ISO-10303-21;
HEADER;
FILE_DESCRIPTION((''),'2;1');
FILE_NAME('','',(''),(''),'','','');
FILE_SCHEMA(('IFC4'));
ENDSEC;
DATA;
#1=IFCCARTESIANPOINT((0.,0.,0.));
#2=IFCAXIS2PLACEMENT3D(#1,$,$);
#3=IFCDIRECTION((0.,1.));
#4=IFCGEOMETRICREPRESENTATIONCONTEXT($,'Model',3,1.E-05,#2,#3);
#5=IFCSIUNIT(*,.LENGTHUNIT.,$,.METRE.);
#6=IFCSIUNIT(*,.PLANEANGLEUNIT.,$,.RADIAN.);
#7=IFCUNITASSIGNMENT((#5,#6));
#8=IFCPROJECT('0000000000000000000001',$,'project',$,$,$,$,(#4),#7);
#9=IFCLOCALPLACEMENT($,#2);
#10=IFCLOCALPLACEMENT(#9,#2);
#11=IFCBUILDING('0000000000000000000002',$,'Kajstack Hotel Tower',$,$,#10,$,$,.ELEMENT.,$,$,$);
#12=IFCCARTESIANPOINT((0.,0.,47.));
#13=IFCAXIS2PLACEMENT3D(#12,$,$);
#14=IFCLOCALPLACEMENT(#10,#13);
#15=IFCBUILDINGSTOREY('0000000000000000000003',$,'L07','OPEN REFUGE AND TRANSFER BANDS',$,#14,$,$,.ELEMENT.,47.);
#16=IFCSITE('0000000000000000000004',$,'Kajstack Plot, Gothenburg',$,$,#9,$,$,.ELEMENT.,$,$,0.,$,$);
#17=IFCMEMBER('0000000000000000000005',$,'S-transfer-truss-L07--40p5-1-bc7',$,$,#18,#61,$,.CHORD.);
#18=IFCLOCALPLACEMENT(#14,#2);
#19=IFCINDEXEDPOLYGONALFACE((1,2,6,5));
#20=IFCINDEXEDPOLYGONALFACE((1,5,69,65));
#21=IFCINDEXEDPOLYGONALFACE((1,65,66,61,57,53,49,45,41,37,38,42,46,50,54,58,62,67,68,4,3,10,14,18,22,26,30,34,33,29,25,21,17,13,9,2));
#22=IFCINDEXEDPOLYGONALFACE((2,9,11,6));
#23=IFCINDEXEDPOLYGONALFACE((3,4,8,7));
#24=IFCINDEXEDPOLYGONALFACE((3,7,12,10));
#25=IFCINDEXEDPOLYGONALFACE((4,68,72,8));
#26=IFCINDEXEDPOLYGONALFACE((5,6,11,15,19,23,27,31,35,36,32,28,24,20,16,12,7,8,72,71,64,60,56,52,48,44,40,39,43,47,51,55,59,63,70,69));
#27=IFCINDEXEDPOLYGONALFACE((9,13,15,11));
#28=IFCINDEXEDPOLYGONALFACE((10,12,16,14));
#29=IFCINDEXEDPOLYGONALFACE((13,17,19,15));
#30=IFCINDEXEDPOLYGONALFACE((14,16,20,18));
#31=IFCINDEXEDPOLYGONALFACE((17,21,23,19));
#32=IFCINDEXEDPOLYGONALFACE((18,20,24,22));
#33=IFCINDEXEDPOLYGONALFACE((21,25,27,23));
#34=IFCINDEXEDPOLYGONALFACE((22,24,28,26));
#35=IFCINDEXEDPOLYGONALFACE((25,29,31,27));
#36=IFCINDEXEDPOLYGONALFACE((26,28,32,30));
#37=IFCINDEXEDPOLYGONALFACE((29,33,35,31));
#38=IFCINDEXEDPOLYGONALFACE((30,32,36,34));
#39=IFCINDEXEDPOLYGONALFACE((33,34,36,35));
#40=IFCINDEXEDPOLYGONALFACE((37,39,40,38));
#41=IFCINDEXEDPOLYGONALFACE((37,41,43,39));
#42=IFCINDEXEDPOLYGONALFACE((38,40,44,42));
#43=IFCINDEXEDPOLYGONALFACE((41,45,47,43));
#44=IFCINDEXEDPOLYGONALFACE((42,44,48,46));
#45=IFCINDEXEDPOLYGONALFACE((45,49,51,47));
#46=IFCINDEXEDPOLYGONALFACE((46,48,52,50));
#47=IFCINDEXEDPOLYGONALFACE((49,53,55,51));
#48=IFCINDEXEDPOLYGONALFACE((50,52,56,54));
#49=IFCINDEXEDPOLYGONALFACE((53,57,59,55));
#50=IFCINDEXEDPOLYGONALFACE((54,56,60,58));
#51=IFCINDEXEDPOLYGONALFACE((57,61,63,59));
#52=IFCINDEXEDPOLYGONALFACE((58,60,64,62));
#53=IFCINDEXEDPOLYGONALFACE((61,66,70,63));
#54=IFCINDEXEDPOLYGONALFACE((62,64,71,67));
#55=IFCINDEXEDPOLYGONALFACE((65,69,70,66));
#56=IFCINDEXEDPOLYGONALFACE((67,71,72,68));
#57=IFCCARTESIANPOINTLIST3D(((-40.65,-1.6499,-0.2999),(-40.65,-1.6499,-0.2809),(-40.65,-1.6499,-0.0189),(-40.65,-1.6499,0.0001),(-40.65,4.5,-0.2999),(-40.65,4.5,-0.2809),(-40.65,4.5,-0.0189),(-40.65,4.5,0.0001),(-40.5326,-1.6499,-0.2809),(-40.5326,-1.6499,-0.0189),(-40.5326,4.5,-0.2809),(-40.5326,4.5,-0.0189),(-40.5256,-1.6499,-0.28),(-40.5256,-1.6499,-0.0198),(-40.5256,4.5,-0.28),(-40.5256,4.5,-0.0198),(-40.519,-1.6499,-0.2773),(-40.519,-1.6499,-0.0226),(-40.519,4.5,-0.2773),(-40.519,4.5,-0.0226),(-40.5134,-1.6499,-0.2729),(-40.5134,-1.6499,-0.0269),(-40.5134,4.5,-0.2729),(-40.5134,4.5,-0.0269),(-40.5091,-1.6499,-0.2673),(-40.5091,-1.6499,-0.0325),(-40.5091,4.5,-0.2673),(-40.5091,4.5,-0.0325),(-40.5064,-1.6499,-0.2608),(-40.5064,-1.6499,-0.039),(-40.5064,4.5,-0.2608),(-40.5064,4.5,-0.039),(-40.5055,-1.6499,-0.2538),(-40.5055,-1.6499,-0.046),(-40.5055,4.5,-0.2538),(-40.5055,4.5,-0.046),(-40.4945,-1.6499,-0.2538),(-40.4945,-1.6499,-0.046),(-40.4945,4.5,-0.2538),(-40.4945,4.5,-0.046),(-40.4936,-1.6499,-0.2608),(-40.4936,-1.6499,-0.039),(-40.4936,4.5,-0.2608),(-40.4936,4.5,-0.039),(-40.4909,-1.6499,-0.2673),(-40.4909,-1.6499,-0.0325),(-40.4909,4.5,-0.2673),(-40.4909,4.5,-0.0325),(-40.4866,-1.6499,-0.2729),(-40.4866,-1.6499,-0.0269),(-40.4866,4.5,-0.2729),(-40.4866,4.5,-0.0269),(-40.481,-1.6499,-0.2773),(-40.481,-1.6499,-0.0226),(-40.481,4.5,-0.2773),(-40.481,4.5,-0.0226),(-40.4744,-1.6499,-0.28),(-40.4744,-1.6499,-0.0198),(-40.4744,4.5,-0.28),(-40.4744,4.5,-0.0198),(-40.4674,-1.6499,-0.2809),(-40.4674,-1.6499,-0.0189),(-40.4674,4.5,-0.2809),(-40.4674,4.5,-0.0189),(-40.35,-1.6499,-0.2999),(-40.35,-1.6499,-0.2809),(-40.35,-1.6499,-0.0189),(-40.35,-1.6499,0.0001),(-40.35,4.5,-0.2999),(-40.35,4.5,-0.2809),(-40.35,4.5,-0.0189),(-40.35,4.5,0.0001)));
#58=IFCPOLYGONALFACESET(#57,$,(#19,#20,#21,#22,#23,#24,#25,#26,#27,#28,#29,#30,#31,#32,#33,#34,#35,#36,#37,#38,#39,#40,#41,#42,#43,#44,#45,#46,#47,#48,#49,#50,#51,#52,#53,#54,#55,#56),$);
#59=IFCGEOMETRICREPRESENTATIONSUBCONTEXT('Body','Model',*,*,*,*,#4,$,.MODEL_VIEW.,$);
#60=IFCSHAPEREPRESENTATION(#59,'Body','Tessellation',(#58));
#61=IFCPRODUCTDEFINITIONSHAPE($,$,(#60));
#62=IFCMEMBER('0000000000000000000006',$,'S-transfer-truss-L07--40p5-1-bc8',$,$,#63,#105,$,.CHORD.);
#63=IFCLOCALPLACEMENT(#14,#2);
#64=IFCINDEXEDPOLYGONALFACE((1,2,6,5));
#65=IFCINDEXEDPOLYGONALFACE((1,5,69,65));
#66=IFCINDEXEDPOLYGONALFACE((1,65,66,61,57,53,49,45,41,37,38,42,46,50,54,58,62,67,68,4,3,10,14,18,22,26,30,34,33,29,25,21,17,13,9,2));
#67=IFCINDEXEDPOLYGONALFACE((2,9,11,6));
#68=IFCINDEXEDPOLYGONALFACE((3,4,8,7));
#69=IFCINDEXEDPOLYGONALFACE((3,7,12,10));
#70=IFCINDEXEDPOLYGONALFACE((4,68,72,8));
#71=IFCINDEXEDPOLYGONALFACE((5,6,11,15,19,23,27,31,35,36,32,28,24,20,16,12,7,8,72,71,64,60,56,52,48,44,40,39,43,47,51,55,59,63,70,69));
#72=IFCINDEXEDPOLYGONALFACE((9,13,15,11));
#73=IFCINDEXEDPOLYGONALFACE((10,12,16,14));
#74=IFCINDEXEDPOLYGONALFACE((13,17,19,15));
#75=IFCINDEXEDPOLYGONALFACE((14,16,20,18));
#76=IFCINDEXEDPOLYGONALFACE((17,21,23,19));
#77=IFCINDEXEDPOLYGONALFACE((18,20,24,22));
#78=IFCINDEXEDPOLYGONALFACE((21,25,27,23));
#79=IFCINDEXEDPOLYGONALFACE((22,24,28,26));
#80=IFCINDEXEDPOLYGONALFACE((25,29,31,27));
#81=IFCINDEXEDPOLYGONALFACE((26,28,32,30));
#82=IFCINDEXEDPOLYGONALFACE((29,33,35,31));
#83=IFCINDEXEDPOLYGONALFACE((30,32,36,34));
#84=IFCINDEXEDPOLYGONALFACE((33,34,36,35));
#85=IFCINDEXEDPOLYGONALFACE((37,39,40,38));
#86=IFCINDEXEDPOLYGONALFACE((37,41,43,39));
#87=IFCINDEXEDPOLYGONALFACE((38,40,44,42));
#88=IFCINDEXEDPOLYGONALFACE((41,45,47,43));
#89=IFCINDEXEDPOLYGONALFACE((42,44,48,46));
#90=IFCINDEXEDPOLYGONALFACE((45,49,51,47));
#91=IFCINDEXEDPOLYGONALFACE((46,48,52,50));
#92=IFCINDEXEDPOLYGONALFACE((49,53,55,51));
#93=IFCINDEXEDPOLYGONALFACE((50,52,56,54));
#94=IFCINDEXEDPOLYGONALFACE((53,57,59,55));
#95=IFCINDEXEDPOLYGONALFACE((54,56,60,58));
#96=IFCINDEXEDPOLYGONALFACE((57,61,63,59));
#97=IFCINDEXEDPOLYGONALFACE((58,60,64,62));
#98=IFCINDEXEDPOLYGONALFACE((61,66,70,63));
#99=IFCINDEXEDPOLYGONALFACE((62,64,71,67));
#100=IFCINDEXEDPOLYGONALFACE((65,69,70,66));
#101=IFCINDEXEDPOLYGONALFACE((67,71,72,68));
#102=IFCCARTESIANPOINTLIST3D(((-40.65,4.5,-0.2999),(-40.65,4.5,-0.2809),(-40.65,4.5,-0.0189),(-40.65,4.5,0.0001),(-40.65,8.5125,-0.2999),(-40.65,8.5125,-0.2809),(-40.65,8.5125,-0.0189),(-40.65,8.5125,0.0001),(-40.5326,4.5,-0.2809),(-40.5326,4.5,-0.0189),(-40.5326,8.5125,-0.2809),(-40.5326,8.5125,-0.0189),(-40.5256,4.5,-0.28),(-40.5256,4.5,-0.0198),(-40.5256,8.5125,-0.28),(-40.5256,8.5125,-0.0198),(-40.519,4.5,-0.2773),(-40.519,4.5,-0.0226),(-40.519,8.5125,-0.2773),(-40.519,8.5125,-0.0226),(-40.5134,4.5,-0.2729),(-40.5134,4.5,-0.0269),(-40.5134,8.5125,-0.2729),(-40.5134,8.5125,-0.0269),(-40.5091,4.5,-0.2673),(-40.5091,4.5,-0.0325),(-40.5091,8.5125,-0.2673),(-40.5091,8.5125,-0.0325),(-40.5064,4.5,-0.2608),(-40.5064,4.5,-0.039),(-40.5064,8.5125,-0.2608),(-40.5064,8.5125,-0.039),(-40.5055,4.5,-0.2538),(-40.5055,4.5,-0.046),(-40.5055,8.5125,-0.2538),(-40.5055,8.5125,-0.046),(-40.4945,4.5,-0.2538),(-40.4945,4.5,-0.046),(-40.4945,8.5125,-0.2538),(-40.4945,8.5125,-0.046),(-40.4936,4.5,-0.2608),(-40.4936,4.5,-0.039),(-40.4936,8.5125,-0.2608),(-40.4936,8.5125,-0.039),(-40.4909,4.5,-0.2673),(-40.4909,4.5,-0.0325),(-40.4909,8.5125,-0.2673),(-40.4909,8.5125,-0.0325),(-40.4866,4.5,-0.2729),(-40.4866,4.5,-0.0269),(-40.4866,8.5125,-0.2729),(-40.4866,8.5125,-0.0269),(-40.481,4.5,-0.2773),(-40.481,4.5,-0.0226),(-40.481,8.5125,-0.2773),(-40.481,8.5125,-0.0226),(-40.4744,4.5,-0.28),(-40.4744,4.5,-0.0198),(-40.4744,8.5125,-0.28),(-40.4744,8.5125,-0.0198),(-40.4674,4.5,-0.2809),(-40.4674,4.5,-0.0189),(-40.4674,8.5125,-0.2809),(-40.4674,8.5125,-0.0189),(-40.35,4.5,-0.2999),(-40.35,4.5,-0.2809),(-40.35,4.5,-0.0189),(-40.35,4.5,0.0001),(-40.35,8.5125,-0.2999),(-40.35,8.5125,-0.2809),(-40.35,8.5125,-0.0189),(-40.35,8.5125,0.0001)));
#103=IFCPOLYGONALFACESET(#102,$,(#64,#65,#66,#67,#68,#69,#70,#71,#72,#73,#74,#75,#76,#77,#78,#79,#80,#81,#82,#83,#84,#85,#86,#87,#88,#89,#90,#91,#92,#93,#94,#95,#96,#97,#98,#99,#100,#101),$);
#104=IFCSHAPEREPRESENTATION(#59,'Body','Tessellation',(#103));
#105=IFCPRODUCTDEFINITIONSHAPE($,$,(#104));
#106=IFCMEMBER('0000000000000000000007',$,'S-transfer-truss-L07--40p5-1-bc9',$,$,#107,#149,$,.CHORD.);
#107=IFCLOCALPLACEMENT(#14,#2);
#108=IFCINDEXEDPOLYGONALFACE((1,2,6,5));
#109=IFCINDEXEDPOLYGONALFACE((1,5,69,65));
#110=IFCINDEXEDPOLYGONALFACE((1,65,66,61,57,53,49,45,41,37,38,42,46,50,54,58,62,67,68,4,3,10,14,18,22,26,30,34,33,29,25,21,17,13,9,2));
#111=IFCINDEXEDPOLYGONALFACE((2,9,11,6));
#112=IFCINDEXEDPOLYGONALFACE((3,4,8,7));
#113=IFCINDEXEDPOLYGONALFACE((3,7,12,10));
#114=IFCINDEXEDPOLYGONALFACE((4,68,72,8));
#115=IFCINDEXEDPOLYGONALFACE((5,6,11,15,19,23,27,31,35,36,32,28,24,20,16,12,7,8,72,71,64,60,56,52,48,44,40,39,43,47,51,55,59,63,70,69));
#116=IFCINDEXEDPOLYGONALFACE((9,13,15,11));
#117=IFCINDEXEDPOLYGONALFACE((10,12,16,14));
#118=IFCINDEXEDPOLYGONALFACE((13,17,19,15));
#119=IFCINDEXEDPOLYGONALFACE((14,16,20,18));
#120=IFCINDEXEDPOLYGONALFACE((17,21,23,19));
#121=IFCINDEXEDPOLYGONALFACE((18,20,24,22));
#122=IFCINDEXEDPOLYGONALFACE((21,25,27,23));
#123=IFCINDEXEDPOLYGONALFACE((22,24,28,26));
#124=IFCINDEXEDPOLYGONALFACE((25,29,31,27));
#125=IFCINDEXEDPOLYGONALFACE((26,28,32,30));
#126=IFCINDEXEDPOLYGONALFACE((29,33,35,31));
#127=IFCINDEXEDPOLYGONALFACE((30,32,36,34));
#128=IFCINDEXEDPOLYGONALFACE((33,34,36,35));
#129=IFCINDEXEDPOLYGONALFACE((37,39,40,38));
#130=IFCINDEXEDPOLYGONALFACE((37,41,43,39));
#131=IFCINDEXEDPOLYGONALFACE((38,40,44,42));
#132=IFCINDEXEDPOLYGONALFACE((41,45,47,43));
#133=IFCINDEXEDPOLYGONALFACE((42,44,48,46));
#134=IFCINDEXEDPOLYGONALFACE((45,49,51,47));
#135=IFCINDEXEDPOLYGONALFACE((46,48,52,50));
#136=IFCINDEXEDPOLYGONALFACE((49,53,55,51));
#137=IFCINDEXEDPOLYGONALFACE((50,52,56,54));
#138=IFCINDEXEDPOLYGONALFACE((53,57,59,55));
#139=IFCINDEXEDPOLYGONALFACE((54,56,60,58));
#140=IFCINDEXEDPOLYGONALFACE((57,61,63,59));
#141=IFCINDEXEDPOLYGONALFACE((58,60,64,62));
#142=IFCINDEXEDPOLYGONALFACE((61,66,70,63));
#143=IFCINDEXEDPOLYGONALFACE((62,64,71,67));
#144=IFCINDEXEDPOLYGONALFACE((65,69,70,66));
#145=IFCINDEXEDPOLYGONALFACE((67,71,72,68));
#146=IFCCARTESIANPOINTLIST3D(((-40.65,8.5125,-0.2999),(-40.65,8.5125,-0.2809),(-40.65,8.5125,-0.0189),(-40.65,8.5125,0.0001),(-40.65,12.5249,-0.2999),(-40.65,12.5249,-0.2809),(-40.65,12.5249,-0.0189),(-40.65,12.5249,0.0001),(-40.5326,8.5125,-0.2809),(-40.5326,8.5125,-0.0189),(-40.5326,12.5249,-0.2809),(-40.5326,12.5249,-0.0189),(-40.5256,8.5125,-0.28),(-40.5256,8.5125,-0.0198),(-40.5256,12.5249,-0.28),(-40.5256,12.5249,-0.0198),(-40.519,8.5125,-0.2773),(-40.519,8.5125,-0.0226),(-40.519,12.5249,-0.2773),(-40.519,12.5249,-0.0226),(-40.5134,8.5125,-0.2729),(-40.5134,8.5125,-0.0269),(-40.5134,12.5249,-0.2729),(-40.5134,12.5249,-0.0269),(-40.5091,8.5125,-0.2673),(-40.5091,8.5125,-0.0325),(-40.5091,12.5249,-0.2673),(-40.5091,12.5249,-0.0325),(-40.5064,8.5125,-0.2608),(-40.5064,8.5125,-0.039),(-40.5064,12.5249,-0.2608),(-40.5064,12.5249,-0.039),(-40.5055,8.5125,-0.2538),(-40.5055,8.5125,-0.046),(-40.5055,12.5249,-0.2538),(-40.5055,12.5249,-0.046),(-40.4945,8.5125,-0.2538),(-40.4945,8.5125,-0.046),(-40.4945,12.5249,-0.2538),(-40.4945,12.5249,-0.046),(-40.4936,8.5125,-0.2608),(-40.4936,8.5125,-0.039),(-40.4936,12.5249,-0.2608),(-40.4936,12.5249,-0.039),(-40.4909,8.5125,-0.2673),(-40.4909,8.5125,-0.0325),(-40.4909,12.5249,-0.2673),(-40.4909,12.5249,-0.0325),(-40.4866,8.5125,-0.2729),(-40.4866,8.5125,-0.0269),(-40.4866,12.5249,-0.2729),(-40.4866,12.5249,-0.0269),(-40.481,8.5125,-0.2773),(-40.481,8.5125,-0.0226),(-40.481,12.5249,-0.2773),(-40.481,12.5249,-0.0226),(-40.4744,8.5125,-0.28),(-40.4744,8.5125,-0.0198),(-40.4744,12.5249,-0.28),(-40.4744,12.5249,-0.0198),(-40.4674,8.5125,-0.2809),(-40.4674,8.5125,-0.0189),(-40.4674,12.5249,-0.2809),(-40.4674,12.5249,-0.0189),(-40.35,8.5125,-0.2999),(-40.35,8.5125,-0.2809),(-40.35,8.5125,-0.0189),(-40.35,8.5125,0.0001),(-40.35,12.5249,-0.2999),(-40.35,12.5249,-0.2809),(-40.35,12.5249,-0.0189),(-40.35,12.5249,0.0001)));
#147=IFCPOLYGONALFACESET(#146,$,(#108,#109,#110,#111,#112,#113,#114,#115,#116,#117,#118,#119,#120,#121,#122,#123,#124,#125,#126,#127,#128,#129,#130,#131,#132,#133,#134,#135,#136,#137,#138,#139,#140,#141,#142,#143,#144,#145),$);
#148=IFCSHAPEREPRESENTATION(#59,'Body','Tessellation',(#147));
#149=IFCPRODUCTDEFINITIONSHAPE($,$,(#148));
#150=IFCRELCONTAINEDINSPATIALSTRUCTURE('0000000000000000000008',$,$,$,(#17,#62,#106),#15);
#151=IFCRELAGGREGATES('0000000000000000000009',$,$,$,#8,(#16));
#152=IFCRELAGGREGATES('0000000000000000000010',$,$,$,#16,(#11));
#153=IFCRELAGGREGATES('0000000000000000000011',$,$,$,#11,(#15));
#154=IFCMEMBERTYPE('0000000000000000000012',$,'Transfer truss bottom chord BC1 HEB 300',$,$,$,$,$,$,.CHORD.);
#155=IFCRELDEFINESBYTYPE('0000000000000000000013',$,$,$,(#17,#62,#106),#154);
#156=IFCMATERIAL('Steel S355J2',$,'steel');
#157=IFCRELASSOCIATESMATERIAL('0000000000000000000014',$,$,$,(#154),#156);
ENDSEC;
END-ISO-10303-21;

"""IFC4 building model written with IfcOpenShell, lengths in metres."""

from ifc_helpers import new_model, si_unit, direction, frame, origin, origin_2d, place, context, subcontext, project, spatial, i_section, extrude, material, material_profile, profile_set, type_object, element, save


model = new_model("IFC4")

# Units and contexts
model_context = context("Model", 3, precision=1e-05, world=origin(), true_north=direction((0.0, 1.0)))
body_context = subcontext(model_context, "Body", "Model", "MODEL_VIEW")
ifc_project = project(units=[si_unit("LENGTHUNIT", "METRE"), si_unit("PLANEANGLEUNIT", "RADIAN")], contexts=[model_context])

# Site, building, storey
site_placement = place(None, origin())
site = spatial("IfcSite", under=ifc_project, at=site_placement, Name="Kajstack Plot, Gothenburg", CompositionType="ELEMENT", RefElevation=0.0)
building_placement = place(site_placement, origin())
building = spatial("IfcBuilding", under=site, at=building_placement, Name="Kajstack Hotel Tower", CompositionType="ELEMENT")
storey_placement = place(building_placement, frame((0.0, 0.0, 47.0)))
storey = spatial("IfcBuildingStorey", under=building, at=storey_placement, Name="L07", Description="OPEN REFUGE AND TRANSFER BANDS", CompositionType="ELEMENT", Elevation=47.0)

# Members
ifc_material_1 = material(Name="Steel S355J2", Category="steel")
ifc_material_profile_1 = material_profile(ifc_material_1, i_section(OverallWidth=0.3, OverallDepth=0.3, WebThickness=0.011, FlangeThickness=0.019, FilletRadius=0.0271, at=origin_2d()), Name="HEB 300")
ifc_profile_set_1 = profile_set([ifc_material_profile_1], Name="Steel S355J2")
member_type_1 = type_object("IfcMemberType", Name="Transfer truss bottom chord BC1 HEB 300", PredefinedType="CHORD", material=ifc_profile_set_1)
member_1_placement = place(storey_placement, frame((-40.5, -1.6499, -0.1499), z_axis=(0.0, 1.0, 0.0), x_axis=(-1.0, 0.0, 0.0)))
element("IfcMember", 1, at=member_1_placement, inside=storey, type_object=member_type_1, Name="S-transfer-truss-L07--40p5-1-bc7", PredefinedType="CHORD", context=body_context, shape_type="SweptSolid", body=[
    extrude(i_section(OverallWidth=0.3, OverallDepth=0.3, WebThickness=0.011, FlangeThickness=0.019, FilletRadius=0.0271, at=origin_2d()), origin(), (0.0, 0.0, 1.0), 6.1499),
])
for number, where, z_axis, x_axis, name in (
    (2, (-40.5, 4.5, -0.1499), (0.0, 1.0, 0.0), (-1.0, 0.0, 0.0), "S-transfer-truss-L07--40p5-1-bc8"),
    (3, (-40.5, 8.5125, -0.1499), (0.0, 1.0, 0.0), (-1.0, 0.0, 0.0), "S-transfer-truss-L07--40p5-1-bc9"),
):
    element("IfcMember", number, at=place(storey_placement, frame(where, z_axis=z_axis, x_axis=x_axis)), inside=storey, type_object=member_type_1, Name=name, PredefinedType="CHORD", context=body_context, shape_type="SweptSolid", body=[
        extrude(i_section(OverallWidth=0.3, OverallDepth=0.3, WebThickness=0.011, FlangeThickness=0.019, FilletRadius=0.0271, at=origin_2d()), origin(), (0.0, 0.0, 1.0), 4.0125),
    ])

save(model, "model.ifc")
